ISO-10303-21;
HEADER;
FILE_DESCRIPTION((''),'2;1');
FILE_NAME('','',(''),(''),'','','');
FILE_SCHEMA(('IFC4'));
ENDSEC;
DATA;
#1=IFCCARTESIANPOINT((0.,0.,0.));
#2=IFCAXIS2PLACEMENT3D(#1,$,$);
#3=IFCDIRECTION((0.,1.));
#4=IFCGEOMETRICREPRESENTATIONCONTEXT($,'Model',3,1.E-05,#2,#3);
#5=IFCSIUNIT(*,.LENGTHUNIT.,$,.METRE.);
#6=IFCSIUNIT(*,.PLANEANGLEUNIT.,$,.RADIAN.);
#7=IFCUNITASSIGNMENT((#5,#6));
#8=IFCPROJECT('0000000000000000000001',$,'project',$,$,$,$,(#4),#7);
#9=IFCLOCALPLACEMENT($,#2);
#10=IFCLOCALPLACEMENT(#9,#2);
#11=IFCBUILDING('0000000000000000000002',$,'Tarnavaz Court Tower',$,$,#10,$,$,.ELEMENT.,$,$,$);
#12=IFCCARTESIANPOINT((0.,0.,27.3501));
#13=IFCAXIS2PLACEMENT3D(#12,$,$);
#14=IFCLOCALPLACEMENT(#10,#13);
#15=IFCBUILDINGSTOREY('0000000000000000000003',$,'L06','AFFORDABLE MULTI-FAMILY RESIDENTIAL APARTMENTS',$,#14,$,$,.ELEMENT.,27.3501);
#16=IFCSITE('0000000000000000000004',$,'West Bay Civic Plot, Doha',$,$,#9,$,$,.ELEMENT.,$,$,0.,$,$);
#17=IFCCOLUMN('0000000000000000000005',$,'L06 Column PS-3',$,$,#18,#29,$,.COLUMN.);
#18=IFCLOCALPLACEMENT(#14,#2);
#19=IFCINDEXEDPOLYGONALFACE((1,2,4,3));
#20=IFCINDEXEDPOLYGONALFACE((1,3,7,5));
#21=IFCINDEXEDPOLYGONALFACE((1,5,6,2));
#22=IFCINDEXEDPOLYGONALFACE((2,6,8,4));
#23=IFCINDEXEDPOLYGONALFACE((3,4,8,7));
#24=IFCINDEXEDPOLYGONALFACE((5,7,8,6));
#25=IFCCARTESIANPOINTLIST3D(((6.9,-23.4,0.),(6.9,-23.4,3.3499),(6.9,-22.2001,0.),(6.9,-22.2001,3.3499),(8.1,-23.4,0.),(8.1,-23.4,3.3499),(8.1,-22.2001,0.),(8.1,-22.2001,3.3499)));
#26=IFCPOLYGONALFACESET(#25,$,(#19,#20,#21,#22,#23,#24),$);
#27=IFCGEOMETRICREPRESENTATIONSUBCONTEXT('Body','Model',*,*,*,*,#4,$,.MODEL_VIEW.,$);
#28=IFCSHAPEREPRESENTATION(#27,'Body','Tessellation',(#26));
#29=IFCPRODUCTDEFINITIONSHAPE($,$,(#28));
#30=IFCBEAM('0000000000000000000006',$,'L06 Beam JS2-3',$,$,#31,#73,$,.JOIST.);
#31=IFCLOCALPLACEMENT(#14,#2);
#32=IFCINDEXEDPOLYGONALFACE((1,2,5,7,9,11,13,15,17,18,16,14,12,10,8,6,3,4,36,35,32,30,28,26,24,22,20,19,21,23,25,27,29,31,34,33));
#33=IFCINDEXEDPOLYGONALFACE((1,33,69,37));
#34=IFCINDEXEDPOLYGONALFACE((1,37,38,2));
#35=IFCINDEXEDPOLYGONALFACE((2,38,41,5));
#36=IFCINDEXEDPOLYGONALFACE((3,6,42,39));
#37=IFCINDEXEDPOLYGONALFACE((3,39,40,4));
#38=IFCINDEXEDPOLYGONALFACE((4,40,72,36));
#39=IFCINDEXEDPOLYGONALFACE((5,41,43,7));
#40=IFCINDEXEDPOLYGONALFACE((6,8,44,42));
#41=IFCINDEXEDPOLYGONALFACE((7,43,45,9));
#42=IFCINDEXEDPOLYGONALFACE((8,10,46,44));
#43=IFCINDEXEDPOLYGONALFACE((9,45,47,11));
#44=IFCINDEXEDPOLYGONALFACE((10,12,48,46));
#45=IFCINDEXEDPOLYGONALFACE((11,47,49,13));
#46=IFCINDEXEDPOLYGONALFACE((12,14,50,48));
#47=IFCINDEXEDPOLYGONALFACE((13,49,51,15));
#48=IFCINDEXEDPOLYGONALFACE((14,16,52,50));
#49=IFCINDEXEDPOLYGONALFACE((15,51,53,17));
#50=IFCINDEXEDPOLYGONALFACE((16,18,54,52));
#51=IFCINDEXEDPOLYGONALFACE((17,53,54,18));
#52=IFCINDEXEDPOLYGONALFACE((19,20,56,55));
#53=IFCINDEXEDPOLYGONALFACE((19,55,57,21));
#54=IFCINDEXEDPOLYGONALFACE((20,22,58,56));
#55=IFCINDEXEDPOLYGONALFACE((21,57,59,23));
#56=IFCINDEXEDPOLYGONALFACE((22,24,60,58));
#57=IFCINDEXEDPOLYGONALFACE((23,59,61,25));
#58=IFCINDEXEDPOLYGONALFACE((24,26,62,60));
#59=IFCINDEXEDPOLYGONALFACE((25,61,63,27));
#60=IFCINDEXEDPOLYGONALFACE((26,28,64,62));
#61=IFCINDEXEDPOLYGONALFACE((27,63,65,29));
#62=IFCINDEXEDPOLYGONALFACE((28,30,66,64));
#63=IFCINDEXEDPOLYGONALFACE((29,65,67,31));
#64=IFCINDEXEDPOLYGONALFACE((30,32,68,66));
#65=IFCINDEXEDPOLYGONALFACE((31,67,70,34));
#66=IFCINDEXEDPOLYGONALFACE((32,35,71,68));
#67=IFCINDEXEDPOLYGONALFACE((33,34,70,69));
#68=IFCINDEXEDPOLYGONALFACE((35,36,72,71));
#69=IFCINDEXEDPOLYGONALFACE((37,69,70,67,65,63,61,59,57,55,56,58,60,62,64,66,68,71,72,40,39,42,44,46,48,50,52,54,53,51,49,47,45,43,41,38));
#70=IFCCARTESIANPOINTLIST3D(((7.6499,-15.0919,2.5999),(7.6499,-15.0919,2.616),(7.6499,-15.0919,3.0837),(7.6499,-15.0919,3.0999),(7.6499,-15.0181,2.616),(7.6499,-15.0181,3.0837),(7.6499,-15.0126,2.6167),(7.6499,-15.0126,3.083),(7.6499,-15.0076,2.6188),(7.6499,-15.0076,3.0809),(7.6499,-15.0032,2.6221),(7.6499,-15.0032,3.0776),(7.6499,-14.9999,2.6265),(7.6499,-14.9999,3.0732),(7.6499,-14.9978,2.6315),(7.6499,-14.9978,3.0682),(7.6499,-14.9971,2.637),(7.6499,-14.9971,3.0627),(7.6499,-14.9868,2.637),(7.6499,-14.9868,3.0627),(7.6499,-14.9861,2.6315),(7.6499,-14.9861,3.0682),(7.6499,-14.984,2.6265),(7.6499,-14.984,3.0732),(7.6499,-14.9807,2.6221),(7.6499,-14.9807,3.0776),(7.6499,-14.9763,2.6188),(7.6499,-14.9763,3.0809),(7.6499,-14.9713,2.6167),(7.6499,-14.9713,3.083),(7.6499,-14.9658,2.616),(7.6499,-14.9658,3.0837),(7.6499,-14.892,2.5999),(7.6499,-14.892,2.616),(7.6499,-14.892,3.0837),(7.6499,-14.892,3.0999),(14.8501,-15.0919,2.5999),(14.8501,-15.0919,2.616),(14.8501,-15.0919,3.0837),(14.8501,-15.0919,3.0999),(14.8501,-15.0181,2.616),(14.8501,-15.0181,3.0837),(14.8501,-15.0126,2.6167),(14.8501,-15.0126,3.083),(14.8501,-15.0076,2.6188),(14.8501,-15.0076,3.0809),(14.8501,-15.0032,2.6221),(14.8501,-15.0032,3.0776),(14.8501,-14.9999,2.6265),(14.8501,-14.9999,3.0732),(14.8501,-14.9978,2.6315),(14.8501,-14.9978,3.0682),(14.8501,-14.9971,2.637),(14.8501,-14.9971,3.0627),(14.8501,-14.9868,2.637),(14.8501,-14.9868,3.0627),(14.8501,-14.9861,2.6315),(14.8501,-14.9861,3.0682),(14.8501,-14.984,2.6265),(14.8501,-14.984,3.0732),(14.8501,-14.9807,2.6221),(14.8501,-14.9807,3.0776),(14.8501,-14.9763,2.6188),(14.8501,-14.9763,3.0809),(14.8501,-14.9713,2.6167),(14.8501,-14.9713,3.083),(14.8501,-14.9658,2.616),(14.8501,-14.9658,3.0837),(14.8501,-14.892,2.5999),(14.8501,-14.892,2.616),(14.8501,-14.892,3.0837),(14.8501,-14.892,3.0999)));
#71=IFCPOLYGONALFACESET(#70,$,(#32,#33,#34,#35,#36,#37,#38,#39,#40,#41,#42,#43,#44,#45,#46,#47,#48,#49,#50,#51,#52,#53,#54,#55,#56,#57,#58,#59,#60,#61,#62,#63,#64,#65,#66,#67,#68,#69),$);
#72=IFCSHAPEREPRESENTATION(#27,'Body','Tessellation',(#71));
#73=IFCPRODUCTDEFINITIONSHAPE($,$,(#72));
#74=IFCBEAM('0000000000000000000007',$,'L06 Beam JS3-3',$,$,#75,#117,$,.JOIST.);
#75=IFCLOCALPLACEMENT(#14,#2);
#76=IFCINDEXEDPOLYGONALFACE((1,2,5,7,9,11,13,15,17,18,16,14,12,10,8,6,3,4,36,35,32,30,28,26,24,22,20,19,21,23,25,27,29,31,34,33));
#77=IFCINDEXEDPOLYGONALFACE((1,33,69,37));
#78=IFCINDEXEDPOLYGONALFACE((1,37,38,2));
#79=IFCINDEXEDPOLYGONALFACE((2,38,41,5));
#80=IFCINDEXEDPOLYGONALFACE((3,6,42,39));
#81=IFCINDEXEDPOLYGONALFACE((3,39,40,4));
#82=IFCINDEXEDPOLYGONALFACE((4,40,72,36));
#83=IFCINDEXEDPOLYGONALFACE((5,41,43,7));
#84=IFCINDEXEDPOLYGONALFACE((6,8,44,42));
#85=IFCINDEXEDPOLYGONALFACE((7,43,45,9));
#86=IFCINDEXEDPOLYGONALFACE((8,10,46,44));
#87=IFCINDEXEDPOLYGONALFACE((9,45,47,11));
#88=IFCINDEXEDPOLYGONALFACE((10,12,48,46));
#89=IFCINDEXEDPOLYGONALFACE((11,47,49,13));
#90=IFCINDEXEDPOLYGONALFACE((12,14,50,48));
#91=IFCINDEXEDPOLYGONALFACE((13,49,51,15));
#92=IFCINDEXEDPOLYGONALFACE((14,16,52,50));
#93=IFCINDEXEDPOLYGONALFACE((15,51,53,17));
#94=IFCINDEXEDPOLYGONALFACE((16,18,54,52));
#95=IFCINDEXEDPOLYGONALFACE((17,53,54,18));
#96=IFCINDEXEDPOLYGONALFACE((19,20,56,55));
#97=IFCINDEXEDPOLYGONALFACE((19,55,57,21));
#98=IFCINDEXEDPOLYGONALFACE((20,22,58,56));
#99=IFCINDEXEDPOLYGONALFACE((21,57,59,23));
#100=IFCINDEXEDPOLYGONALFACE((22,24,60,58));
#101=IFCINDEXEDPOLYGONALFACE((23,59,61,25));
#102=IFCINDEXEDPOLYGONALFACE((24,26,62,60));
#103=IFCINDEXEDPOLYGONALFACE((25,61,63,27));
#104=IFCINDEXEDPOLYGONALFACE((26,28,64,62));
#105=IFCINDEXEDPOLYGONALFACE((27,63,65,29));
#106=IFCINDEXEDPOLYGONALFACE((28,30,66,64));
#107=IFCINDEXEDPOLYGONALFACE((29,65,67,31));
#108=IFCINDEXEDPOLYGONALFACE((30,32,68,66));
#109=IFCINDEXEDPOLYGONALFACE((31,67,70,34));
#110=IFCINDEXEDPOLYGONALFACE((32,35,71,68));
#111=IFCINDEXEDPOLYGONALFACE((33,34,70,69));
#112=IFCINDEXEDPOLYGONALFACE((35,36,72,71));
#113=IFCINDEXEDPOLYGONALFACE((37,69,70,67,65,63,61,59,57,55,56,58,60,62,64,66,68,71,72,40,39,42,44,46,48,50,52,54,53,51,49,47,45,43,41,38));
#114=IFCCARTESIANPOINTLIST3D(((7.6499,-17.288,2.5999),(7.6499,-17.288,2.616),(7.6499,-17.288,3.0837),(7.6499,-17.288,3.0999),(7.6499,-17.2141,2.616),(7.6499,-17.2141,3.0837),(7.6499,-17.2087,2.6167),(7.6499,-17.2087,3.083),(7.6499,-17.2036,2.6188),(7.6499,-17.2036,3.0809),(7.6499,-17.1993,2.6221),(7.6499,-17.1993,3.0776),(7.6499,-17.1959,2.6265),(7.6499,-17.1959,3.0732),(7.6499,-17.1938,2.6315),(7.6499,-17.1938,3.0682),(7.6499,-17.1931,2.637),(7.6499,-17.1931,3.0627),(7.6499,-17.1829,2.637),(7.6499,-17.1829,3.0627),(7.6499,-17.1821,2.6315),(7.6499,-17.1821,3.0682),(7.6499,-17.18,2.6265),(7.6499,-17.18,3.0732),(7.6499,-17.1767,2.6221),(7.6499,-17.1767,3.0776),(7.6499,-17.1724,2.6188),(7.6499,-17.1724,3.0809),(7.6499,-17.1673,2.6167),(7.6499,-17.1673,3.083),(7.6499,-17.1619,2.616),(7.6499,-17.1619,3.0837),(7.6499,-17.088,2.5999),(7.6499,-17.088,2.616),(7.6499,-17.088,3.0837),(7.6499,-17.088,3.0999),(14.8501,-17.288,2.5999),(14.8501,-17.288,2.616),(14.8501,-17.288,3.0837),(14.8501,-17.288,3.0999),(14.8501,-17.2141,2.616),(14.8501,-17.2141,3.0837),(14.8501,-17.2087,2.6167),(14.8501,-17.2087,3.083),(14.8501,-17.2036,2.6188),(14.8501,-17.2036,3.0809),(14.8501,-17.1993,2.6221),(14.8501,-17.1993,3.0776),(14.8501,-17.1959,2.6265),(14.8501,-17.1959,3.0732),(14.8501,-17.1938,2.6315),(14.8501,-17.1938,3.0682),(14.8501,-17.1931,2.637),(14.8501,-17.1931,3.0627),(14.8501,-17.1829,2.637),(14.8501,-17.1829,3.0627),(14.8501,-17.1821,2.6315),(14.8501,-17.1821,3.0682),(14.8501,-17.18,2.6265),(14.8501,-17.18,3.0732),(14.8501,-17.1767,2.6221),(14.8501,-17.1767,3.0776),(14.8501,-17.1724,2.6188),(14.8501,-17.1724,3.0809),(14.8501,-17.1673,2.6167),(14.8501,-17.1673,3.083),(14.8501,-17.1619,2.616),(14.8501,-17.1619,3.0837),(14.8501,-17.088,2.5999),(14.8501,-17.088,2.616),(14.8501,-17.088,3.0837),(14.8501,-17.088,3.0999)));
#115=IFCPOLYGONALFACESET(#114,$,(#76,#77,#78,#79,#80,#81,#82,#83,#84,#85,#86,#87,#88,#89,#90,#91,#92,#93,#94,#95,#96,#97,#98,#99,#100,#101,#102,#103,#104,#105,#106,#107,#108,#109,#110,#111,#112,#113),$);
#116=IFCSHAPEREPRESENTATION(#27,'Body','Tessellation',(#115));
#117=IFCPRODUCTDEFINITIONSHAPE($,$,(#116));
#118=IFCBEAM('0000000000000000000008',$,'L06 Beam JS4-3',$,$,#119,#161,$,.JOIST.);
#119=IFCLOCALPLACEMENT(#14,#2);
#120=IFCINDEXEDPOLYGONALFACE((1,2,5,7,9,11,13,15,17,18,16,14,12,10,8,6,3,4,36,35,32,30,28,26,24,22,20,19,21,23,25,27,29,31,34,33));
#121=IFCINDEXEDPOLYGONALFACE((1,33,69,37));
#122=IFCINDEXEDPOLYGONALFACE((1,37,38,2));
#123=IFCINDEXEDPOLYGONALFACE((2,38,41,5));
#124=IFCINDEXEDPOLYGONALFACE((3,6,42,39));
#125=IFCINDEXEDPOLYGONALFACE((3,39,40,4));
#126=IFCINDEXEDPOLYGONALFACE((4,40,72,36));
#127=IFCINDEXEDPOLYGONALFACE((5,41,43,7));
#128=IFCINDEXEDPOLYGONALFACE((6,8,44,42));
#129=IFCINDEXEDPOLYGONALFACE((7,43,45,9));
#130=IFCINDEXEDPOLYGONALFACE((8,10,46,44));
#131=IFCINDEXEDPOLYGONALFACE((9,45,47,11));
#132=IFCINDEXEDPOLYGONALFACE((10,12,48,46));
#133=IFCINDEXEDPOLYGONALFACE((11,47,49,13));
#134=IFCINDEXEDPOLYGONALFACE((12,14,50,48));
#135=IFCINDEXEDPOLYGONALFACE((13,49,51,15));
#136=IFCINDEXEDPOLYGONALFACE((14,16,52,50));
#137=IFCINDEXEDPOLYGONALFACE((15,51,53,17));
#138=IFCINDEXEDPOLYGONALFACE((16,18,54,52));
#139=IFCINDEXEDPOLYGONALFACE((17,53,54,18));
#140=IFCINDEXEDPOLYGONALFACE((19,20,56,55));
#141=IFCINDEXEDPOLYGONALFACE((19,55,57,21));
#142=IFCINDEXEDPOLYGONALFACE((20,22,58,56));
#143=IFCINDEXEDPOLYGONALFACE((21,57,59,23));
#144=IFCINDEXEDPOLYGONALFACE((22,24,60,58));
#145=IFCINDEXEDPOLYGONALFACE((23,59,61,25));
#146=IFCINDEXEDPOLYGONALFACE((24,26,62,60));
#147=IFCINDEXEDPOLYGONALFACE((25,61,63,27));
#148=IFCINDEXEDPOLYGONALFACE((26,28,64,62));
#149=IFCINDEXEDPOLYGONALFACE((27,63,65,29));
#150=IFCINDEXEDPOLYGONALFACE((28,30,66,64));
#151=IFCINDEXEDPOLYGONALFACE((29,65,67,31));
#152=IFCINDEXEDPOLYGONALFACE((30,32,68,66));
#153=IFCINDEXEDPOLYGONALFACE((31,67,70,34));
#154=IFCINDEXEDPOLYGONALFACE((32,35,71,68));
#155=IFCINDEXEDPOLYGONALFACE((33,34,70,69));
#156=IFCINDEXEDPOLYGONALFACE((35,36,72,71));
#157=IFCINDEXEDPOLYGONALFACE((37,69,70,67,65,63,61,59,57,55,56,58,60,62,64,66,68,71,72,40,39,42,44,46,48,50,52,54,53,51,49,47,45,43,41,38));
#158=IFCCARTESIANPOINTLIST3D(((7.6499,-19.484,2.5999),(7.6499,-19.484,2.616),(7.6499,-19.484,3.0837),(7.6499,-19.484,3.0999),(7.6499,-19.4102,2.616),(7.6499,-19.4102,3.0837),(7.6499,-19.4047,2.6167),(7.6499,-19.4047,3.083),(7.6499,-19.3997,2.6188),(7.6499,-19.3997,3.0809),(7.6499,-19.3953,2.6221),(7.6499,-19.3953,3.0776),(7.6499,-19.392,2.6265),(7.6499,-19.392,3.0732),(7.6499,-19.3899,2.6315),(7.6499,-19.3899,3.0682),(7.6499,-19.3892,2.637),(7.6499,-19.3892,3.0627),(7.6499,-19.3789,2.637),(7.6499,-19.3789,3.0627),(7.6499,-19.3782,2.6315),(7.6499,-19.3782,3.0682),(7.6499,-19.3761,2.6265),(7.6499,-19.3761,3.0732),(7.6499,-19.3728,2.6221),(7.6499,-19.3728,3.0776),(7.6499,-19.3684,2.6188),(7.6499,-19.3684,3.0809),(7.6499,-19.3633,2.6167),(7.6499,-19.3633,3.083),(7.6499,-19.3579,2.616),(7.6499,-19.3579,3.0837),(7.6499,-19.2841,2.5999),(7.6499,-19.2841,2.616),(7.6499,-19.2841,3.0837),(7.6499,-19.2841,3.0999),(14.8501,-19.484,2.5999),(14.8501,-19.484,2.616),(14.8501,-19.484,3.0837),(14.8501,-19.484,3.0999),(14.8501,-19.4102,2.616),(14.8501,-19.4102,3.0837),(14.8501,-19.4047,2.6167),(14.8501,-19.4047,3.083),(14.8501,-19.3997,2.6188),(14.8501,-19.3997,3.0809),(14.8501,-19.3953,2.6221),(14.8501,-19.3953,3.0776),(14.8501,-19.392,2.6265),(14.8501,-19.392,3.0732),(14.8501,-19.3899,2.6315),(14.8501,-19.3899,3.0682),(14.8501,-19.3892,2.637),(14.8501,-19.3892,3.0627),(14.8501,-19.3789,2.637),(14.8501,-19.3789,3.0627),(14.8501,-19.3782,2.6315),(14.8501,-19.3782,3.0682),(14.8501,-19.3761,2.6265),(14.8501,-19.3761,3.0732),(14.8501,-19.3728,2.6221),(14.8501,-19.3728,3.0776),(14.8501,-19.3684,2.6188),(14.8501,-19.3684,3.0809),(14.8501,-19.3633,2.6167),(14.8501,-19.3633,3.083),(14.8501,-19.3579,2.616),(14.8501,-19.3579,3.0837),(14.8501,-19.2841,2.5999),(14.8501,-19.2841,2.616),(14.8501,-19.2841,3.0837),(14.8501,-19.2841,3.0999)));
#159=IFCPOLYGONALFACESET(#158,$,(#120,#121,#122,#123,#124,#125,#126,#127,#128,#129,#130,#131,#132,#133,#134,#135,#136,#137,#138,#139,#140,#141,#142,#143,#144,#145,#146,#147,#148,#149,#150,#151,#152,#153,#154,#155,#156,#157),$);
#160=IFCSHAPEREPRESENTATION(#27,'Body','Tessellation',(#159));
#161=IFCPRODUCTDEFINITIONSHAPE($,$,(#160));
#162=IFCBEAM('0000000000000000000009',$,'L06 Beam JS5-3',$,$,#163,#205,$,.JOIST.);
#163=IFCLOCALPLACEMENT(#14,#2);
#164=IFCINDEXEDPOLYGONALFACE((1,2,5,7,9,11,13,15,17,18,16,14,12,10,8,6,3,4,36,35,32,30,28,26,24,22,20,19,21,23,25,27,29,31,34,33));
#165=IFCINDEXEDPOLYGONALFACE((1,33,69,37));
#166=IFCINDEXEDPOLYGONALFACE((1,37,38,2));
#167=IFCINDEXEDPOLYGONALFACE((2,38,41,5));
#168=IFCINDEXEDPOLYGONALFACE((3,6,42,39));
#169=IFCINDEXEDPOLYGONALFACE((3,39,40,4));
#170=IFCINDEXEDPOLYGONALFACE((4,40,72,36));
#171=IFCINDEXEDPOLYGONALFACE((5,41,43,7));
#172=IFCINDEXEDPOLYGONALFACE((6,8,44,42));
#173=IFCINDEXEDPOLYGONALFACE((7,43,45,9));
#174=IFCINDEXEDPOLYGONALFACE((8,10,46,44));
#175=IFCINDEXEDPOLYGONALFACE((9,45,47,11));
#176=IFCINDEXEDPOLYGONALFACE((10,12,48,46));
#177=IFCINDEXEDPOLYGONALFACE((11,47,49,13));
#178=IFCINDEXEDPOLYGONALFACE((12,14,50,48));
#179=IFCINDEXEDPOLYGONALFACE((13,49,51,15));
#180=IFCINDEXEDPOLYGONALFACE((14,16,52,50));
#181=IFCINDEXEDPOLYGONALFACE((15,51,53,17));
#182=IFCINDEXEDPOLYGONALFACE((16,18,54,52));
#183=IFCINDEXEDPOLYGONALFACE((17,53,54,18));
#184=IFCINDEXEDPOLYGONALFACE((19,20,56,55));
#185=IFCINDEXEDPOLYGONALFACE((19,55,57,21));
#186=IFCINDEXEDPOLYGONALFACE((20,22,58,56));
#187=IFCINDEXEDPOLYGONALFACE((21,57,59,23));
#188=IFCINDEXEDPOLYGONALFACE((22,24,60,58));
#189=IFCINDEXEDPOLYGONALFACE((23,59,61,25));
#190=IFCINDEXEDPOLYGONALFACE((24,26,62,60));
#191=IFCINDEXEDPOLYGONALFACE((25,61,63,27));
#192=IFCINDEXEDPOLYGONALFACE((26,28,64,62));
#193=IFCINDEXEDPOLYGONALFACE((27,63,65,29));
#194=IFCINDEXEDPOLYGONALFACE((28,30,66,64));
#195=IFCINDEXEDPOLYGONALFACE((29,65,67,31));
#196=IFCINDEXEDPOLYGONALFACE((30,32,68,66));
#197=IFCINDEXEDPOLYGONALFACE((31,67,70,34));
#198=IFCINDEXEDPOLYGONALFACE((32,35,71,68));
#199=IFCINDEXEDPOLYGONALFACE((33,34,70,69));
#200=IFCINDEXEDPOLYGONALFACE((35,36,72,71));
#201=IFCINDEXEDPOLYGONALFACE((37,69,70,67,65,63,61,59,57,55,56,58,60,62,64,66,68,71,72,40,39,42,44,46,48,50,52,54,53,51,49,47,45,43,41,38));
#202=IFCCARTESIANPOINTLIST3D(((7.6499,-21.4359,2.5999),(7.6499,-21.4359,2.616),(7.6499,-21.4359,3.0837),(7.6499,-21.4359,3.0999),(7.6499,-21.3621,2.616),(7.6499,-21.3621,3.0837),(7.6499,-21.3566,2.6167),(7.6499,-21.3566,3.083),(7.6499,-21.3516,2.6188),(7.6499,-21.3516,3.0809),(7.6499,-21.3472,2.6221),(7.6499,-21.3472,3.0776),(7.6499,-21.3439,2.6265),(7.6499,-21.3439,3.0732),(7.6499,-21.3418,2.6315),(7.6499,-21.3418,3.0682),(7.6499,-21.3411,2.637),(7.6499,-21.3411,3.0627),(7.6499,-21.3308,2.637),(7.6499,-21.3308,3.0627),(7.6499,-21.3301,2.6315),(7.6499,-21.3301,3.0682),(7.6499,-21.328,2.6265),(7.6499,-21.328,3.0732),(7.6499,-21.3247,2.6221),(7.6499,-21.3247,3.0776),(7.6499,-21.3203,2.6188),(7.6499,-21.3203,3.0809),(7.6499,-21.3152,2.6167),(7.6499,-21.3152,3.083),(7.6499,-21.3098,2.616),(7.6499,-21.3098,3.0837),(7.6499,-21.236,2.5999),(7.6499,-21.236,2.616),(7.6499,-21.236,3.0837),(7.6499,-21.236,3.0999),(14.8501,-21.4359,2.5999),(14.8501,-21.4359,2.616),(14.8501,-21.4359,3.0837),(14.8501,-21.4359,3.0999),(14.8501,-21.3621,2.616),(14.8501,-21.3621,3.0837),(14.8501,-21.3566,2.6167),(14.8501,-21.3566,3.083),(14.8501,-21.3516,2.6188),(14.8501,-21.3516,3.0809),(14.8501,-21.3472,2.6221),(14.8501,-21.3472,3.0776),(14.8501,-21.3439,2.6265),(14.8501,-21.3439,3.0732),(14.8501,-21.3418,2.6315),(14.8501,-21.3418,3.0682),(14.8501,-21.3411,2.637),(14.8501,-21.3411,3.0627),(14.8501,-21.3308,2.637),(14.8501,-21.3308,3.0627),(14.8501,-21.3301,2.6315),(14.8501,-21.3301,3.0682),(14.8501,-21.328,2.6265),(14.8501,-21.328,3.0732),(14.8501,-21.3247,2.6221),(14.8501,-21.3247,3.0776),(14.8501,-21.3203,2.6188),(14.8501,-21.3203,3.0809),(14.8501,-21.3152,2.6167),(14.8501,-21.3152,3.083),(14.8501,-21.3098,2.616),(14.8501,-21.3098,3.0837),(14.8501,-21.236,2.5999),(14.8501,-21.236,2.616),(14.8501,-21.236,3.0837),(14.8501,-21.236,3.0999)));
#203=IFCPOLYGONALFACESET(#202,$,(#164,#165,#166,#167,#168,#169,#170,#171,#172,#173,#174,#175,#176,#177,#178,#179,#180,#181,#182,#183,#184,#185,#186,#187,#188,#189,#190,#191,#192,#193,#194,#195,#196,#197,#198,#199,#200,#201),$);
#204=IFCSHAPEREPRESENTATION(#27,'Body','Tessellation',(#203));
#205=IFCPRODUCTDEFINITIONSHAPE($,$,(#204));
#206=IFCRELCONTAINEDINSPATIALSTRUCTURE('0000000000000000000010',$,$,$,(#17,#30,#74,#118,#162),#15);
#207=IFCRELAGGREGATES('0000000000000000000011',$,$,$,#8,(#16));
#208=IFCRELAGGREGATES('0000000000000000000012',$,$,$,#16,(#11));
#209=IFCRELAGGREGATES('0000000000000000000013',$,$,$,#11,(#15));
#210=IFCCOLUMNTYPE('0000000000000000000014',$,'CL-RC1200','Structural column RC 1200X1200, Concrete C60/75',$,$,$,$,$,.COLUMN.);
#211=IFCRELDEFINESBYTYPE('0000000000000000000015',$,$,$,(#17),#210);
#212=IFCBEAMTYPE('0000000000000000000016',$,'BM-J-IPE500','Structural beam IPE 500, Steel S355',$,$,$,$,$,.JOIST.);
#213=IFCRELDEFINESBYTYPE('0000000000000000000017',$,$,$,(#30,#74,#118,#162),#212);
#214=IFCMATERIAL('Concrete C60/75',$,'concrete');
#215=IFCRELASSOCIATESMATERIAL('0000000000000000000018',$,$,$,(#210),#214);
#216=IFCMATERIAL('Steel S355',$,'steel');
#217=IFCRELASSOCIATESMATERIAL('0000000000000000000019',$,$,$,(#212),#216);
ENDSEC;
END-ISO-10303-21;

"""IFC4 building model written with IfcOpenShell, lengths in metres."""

from ifc_helpers import new_model, si_unit, direction, frame, origin, origin_2d, place, context, subcontext, project, spatial, rectangle, i_section, extrude, material, material_profile, profile_set, type_object, element, save


model = new_model("IFC4")

# Units and contexts
model_context = context("Model", 3, precision=1e-05, world=origin(), true_north=direction((0.0, 1.0)))
body_context = subcontext(model_context, "Body", "Model", "MODEL_VIEW")
ifc_project = project(units=[si_unit("LENGTHUNIT", "METRE"), si_unit("PLANEANGLEUNIT", "RADIAN")], contexts=[model_context])

# Site, building, storey
site_placement = place(None, origin())
site = spatial("IfcSite", under=ifc_project, at=site_placement, Name="West Bay Civic Plot, Doha", CompositionType="ELEMENT", RefElevation=0.0)
building_placement = place(site_placement, origin())
building = spatial("IfcBuilding", under=site, at=building_placement, Name="Tarnavaz Court Tower", CompositionType="ELEMENT")
storey_placement = place(building_placement, frame((0.0, 0.0, 27.3501)))
storey = spatial("IfcBuildingStorey", under=building, at=storey_placement, Name="L06", Description="AFFORDABLE MULTI-FAMILY RESIDENTIAL APARTMENTS", CompositionType="ELEMENT", Elevation=27.3501)

# Column
ifc_material_1 = material(Name="Concrete C60/75", Category="concrete")
ifc_material_profile_1 = material_profile(ifc_material_1, rectangle(XDim=1.2, YDim=1.2, at=origin_2d()), Name="RC 1200X1200")
ifc_profile_set_1 = profile_set([ifc_material_profile_1], Name="Concrete C60/75")
column_type = type_object("IfcColumnType", Name="CL-RC1200", Description="Structural column RC 1200X1200, Concrete C60/75", PredefinedType="COLUMN", material=ifc_profile_set_1)
column_placement = place(storey_placement, frame((7.5, -22.8, 0.0), z_axis=(0.0, 0.0, 1.0), x_axis=(1.0, 0.0, 0.0)))
element("IfcColumn", 1, at=column_placement, inside=storey, type_object=column_type, Name="L06 Column PS-3", PredefinedType="COLUMN", context=body_context, shape_type="SweptSolid", body=[
    extrude(rectangle(XDim=1.2, YDim=1.2, at=origin_2d()), origin(), (0.0, 0.0, 1.0), 3.3499),
])

# Beams
ifc_material_2 = material(Name="Steel S355", Category="steel")
ifc_material_profile_2 = material_profile(ifc_material_2, i_section(OverallWidth=0.2, OverallDepth=0.5, WebThickness=0.0103, FlangeThickness=0.0161, FilletRadius=0.021, at=origin_2d()), Name="IPE 500")
ifc_profile_set_2 = profile_set([ifc_material_profile_2], Name="Steel S355")
beam_type_1 = type_object("IfcBeamType", Name="BM-J-IPE500", Description="Structural beam IPE 500, Steel S355", PredefinedType="JOIST", material=ifc_profile_set_2)
for number, where, z_axis, x_axis, name in (
    (2, (7.6499, -14.9919, 2.8499), (1.0, 0.0, 0.0), (0.0, 1.0, 0.0), "L06 Beam JS2-3"),
    (3, (7.6499, -17.188, 2.8499), (1.0, 0.0, 0.0), (0.0, 1.0, 0.0), "L06 Beam JS3-3"),
    (4, (7.6499, -19.384, 2.8499), (1.0, 0.0, 0.0), (0.0, 1.0, 0.0), "L06 Beam JS4-3"),
    (5, (7.6499, -21.3359, 2.8499), (1.0, 0.0, 0.0), (0.0, 1.0, 0.0), "L06 Beam JS5-3"),
):
    element("IfcBeam", number, at=place(storey_placement, frame(where, z_axis=z_axis, x_axis=x_axis)), inside=storey, type_object=beam_type_1, Name=name, PredefinedType="JOIST", context=body_context, shape_type="SweptSolid", body=[
        extrude(i_section(OverallWidth=0.2, OverallDepth=0.5, WebThickness=0.0103, FlangeThickness=0.0161, FilletRadius=0.021, at=origin_2d()), origin(), (0.0, 0.0, 1.0), 7.2002),
    ])

save(model, "model.ifc")
